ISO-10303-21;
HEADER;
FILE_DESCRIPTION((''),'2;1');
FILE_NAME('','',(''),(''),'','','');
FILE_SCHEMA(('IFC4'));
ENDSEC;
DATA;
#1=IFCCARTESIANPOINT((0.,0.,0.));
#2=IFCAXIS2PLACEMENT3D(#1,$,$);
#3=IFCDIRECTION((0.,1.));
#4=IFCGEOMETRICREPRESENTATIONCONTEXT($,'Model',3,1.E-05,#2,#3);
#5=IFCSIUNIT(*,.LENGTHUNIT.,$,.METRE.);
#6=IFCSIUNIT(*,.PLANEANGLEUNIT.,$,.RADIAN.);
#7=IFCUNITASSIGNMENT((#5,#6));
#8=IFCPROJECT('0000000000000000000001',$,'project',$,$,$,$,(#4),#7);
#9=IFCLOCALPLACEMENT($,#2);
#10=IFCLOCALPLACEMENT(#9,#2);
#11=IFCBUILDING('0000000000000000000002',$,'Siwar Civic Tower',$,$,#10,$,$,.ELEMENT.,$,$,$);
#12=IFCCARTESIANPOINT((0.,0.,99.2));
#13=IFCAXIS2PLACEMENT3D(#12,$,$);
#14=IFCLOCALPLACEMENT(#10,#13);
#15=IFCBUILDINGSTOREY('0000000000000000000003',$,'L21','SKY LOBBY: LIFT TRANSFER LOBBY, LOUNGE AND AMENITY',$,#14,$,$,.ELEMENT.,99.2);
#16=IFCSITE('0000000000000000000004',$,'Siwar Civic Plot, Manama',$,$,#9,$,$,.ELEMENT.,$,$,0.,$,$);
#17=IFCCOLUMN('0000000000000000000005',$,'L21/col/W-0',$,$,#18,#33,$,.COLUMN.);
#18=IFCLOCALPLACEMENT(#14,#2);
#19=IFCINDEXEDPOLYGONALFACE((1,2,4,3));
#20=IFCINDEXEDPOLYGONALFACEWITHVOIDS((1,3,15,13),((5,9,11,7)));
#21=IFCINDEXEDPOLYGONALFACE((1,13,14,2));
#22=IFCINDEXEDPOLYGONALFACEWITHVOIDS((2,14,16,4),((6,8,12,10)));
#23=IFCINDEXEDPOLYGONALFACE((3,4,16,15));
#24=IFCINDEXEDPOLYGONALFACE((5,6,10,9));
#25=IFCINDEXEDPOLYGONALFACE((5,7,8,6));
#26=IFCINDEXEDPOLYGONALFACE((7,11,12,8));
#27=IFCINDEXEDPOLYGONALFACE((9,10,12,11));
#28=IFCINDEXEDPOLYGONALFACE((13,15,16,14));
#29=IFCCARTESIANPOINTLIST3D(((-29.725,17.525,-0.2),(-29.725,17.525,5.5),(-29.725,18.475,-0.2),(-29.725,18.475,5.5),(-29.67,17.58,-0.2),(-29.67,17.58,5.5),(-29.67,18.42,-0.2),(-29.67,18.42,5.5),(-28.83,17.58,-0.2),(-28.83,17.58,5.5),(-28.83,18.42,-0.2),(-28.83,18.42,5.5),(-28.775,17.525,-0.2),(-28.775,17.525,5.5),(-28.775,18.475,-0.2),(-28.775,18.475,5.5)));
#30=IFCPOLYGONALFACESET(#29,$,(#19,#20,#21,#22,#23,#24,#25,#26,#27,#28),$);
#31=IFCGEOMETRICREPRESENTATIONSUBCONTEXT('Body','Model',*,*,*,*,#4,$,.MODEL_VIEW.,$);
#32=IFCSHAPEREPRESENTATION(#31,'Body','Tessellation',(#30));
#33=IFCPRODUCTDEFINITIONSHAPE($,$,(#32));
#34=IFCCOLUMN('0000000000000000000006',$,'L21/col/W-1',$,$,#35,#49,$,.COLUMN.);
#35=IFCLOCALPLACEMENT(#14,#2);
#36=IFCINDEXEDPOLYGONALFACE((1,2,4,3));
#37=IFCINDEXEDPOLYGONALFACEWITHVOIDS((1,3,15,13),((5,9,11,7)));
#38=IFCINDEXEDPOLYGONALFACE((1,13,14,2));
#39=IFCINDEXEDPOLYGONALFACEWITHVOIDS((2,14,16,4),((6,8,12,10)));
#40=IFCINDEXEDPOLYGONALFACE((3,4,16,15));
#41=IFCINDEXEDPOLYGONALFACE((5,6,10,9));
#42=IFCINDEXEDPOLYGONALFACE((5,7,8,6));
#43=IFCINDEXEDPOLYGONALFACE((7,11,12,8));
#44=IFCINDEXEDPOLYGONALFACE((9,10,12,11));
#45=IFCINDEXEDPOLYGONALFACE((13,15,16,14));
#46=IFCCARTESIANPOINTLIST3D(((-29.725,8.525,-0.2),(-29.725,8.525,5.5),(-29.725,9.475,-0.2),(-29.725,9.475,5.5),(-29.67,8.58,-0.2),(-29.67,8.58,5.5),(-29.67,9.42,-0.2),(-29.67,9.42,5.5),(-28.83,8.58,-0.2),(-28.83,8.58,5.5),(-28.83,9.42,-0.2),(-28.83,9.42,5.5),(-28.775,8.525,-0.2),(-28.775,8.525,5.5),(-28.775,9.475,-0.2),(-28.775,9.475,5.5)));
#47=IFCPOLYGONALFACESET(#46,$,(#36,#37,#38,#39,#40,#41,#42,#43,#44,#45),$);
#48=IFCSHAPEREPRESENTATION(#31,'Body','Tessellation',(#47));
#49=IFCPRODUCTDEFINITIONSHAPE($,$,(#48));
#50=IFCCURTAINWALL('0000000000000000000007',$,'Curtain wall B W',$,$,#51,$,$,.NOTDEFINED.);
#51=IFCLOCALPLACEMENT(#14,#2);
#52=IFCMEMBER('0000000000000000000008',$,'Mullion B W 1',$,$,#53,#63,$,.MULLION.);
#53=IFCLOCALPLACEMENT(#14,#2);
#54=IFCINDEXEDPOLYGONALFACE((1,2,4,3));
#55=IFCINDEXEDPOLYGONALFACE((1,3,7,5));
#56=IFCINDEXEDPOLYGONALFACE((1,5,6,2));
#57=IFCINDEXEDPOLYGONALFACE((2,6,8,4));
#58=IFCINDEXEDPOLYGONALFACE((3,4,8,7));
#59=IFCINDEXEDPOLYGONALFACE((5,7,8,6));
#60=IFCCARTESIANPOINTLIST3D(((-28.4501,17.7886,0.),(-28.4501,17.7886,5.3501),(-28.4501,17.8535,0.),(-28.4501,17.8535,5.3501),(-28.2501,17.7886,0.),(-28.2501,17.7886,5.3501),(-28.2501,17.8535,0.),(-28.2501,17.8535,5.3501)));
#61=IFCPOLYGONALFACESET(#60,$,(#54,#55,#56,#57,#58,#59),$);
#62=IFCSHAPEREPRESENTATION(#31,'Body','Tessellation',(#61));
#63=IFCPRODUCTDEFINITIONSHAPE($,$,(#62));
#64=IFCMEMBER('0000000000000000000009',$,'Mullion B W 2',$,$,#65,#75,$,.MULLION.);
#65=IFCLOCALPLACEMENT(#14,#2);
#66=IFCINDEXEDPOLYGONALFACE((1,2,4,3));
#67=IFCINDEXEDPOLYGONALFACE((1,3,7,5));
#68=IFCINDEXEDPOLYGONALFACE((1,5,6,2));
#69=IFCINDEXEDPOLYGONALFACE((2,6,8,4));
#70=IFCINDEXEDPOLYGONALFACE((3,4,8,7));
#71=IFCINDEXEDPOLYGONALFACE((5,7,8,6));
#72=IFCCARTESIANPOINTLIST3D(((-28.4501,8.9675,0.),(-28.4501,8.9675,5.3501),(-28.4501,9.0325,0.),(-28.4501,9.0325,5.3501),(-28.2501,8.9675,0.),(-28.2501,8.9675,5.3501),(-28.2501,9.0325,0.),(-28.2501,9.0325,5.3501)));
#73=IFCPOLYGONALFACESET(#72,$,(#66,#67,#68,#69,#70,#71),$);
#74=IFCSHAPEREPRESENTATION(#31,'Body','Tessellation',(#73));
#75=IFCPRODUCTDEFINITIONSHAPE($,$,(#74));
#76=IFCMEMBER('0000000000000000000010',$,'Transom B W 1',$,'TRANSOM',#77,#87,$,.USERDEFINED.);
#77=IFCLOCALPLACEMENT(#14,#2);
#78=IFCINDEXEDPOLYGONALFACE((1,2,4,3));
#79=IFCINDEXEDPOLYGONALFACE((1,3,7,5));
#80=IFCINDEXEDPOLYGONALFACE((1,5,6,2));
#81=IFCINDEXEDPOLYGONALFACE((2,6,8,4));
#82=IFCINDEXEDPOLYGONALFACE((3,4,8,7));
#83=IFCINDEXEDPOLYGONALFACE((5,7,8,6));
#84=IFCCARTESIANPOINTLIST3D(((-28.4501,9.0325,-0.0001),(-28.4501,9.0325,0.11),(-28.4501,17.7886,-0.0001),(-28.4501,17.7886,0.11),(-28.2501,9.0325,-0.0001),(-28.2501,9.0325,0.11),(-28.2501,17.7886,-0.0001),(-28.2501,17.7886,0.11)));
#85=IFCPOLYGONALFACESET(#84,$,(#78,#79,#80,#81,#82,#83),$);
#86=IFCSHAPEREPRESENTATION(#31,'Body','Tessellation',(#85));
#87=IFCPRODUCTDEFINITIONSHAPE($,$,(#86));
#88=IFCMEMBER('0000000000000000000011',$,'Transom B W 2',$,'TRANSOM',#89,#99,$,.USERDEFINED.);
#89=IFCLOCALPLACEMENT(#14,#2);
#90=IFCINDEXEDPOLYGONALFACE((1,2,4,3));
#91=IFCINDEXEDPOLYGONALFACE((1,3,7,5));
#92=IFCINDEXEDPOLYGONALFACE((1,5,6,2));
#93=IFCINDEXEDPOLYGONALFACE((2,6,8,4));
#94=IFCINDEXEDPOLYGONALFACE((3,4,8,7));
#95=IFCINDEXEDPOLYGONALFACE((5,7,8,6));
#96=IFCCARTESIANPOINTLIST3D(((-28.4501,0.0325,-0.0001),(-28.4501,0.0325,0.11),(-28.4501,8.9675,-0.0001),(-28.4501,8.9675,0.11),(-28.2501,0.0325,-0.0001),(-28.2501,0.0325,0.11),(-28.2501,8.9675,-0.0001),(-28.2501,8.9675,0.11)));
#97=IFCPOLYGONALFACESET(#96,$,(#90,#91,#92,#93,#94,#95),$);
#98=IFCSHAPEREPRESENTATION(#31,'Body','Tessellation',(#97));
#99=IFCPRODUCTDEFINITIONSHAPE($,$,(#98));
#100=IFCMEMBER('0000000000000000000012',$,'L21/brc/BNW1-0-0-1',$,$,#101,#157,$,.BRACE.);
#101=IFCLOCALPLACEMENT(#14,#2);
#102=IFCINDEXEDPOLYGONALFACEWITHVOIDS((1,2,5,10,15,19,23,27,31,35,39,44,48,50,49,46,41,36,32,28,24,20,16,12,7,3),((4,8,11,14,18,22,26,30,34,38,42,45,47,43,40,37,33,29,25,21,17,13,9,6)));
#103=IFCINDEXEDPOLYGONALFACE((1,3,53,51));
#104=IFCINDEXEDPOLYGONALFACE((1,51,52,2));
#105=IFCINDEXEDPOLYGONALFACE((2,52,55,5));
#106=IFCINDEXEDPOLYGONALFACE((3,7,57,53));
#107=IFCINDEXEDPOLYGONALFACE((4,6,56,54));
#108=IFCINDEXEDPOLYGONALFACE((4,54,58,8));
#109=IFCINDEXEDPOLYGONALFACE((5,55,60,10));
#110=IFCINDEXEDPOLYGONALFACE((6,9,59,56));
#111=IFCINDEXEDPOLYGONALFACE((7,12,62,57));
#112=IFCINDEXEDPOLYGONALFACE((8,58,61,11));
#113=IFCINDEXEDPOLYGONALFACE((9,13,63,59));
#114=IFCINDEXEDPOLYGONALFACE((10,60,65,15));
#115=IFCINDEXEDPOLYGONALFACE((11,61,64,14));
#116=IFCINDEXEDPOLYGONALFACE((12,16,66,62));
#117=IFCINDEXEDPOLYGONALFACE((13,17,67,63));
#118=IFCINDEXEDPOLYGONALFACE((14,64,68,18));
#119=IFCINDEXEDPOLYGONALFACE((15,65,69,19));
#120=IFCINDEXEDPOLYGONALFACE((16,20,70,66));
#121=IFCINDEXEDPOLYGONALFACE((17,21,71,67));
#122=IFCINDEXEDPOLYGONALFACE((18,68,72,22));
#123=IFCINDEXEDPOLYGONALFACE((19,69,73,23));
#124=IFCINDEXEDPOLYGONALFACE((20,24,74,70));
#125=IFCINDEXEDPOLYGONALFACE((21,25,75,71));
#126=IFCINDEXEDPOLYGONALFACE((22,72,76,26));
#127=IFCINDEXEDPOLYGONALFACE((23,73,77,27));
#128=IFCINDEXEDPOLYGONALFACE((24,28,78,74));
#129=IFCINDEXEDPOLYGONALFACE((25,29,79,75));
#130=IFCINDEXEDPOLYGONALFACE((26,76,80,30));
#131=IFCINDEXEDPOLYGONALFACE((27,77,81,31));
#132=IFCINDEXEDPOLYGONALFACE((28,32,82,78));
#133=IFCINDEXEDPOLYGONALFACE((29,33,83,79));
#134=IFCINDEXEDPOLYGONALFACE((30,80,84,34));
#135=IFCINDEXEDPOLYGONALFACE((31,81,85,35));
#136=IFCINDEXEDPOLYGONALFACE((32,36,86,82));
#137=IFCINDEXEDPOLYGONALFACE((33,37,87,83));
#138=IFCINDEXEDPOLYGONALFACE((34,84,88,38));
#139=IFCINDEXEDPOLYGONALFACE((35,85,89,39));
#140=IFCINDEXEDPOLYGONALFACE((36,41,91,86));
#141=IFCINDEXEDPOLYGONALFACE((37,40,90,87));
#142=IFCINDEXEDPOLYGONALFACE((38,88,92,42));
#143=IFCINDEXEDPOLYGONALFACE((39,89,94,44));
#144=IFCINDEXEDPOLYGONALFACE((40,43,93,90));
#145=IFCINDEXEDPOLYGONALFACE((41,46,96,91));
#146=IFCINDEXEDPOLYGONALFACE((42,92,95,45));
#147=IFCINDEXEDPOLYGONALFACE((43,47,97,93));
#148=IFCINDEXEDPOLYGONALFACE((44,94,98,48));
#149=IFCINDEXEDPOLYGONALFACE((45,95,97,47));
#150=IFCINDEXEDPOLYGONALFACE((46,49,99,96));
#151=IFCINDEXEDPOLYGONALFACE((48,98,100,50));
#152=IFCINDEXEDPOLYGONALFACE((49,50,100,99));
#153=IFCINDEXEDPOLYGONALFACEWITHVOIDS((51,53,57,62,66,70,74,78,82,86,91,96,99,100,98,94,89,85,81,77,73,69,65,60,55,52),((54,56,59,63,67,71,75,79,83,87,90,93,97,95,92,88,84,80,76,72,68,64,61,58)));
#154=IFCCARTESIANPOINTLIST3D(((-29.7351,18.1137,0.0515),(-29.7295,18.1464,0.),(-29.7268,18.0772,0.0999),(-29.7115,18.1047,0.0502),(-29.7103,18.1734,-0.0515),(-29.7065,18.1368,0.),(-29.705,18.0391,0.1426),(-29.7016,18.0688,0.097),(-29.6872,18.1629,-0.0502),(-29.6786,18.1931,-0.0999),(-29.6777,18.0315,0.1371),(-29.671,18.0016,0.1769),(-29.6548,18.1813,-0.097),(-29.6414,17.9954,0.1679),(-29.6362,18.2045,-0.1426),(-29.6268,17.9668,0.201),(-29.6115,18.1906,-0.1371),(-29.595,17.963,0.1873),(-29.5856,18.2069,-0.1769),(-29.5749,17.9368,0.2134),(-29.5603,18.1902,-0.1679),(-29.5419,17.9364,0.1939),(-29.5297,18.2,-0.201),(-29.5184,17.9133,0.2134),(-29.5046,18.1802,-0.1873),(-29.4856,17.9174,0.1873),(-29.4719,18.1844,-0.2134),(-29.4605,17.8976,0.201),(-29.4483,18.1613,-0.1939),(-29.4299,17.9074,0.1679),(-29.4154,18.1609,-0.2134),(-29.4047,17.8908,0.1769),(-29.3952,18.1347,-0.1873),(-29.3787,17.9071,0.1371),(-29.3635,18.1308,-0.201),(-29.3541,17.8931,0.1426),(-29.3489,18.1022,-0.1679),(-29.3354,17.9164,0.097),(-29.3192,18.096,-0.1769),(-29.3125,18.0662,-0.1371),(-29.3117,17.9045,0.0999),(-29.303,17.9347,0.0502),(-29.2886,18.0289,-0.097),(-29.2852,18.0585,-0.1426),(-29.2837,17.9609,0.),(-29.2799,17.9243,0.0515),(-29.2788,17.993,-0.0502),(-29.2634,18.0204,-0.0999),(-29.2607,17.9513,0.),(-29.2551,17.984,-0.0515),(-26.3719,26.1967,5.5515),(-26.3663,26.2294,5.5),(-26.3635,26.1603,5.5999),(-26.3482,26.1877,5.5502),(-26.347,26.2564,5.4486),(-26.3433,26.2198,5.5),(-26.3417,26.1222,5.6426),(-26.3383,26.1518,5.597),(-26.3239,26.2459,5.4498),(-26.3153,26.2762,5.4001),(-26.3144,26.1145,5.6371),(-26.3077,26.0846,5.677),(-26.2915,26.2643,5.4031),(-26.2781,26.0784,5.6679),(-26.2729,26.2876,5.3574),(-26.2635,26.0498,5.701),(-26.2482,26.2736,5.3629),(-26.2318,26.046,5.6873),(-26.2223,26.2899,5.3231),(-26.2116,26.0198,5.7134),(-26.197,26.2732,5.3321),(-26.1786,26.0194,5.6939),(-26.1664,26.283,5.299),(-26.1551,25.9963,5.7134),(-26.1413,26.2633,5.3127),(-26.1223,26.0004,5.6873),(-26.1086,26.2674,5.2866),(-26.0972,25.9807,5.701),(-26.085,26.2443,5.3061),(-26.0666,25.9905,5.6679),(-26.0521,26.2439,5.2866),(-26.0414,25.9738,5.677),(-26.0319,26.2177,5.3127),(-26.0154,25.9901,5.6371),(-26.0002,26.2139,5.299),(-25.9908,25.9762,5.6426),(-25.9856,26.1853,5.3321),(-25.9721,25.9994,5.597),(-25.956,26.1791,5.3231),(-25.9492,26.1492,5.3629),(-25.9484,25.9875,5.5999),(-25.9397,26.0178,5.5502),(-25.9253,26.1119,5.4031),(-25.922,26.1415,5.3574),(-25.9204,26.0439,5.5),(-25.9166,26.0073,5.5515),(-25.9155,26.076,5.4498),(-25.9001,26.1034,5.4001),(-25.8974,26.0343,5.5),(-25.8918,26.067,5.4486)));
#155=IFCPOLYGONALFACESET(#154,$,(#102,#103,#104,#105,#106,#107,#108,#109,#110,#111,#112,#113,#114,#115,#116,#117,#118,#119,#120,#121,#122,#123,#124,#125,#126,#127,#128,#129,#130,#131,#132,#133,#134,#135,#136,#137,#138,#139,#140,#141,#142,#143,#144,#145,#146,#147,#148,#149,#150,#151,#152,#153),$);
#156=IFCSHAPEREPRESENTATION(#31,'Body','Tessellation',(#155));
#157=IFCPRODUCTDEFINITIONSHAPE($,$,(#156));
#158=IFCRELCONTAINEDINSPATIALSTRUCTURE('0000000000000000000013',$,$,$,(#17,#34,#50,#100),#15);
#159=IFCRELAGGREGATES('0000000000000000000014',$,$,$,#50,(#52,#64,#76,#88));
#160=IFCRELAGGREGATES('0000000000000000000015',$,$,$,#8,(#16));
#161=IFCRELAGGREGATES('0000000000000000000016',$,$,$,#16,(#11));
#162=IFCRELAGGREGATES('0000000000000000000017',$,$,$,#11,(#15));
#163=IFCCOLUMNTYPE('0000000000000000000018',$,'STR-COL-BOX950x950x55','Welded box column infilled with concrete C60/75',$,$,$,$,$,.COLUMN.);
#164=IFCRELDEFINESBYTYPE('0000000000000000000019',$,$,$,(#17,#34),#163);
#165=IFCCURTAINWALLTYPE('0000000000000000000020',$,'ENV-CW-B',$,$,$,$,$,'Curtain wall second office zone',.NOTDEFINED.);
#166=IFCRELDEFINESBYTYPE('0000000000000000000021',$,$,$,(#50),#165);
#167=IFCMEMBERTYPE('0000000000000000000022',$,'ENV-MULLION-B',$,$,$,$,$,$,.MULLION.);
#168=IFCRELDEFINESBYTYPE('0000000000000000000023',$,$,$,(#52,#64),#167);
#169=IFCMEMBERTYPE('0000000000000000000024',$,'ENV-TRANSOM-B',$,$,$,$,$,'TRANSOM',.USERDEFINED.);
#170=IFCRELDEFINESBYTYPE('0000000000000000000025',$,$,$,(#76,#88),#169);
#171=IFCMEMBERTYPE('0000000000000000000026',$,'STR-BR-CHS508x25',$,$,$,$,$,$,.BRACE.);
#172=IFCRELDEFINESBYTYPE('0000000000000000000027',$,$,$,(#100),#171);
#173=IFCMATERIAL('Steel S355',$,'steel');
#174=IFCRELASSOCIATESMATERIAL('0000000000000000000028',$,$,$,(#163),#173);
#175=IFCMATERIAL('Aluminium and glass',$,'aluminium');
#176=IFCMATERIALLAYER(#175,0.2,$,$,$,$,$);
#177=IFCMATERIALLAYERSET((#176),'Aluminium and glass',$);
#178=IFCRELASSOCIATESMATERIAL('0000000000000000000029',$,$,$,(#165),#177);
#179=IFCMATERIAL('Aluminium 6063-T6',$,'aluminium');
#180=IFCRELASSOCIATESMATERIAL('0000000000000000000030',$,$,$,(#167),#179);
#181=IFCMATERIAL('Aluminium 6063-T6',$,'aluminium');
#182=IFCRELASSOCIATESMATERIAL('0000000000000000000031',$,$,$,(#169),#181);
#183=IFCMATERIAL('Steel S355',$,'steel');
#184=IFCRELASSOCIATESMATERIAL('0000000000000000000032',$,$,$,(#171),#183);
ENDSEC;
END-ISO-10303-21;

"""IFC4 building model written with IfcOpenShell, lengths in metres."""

from ifc_helpers import new_model, si_unit, direction, frame, origin, origin_2d, place, context, subcontext, project, spatial, rectangle, hollow_rectangle, hollow_circle, extrude, material, layer, layer_set, material_profile, profile_set, type_object, element, aggregate, save


model = new_model("IFC4")

# Units and contexts
model_context = context("Model", 3, precision=1e-05, world=origin(), true_north=direction((0.0, 1.0)))
body_context = subcontext(model_context, "Body", "Model", "MODEL_VIEW")
ifc_project = project(units=[si_unit("LENGTHUNIT", "METRE"), si_unit("PLANEANGLEUNIT", "RADIAN")], contexts=[model_context])

# Site, building, storey
site_placement = place(None, origin())
site = spatial("IfcSite", under=ifc_project, at=site_placement, Name="Siwar Civic Plot, Manama", CompositionType="ELEMENT", RefElevation=0.0)
building_placement = place(site_placement, origin())
building = spatial("IfcBuilding", under=site, at=building_placement, Name="Siwar Civic Tower", CompositionType="ELEMENT")
storey_placement = place(building_placement, frame((0.0, 0.0, 99.2)))
storey = spatial("IfcBuildingStorey", under=building, at=storey_placement, Name="L21", Description="SKY LOBBY: LIFT TRANSFER LOBBY, LOUNGE AND AMENITY", CompositionType="ELEMENT", Elevation=99.2)

# Columns
ifc_material_1 = material(Name="Steel S355", Category="steel")
ifc_material_profile_1 = material_profile(ifc_material_1, hollow_rectangle(XDim=0.95, YDim=0.95, WallThickness=0.0549, at=origin_2d()), Name="BOX950x950x55")
ifc_profile_set_1 = profile_set([ifc_material_profile_1], Name="Steel S355")
column_type = type_object("IfcColumnType", Name="STR-COL-BOX950x950x55", Description="Welded box column infilled with concrete C60/75", PredefinedType="COLUMN", material=ifc_profile_set_1)
for number, where, z_axis, x_axis, name in (
    (1, (-29.25, 18.0, -0.2), (0.0, 0.0, 1.0), (1.0, 0.0, 0.0), "L21/col/W-0"),
    (2, (-29.25, 9.0, -0.2), (0.0, 0.0, 1.0), (1.0, 0.0, 0.0), "L21/col/W-1"),
):
    element("IfcColumn", number, at=place(storey_placement, frame(where, z_axis=z_axis, x_axis=x_axis)), inside=storey, type_object=column_type, Name=name, PredefinedType="COLUMN", context=body_context, shape_type="SweptSolid", body=[
        extrude(hollow_rectangle(XDim=0.95, YDim=0.95, WallThickness=0.0549, at=origin_2d()), origin(), (0.0, 0.0, 1.0), 5.7),
    ])

# Curtain wall, members
ifc_material_2 = material(Name="Aluminium and glass", Category="aluminium")
ifc_layer_1 = layer(ifc_material_2, 0.2)
ifc_layer_set_1 = layer_set([ifc_layer_1], Name="Aluminium and glass")
curtain_wall_type = type_object("IfcCurtainWallType", Name="ENV-CW-B", ElementType="Curtain wall second office zone", PredefinedType="NOTDEFINED", material=ifc_layer_set_1)
curtain_wall_placement = place(storey_placement, origin())
curtain_wall = element("IfcCurtainWall", 3, at=curtain_wall_placement, inside=storey, type_object=curtain_wall_type, Name="Curtain wall B W", PredefinedType="NOTDEFINED")
ifc_material_3 = material(Name="Aluminium 6063-T6", Category="aluminium")
ifc_material_profile_2 = material_profile(ifc_material_3, rectangle(XDim=0.2, YDim=0.0649, at=origin_2d()), Name="AL 200x65")
ifc_profile_set_2 = profile_set([ifc_material_profile_2], Name="Aluminium 6063-T6")
member_type_1 = type_object("IfcMemberType", Name="ENV-MULLION-B", PredefinedType="MULLION", material=ifc_profile_set_2)
member_1_placement = place(storey_placement, frame((-28.3501, 17.821, 0.0), z_axis=(0.0, 0.0, 1.0), x_axis=(1.0, 0.0, 0.0)))
member_1 = element("IfcMember", 4, at=member_1_placement, type_object=member_type_1, Name="Mullion B W 1", PredefinedType="MULLION", context=body_context, shape_type="SweptSolid", body=[
    extrude(rectangle(XDim=0.2, YDim=0.0649, at=origin_2d()), origin(), (0.0, 0.0, 1.0), 5.3501),
])
member_2_placement = place(storey_placement, frame((-28.3501, 9.0, 0.0), z_axis=(0.0, 0.0, 1.0), x_axis=(1.0, 0.0, 0.0)))
member_2 = element("IfcMember", 5, at=member_2_placement, type_object=member_type_1, Name="Mullion B W 2", PredefinedType="MULLION", context=body_context, shape_type="SweptSolid", body=[
    extrude(rectangle(XDim=0.2, YDim=0.0649, at=origin_2d()), origin(), (0.0, 0.0, 1.0), 5.3501),
])
ifc_material_4 = material(Name="Aluminium 6063-T6", Category="aluminium")
ifc_material_profile_3 = material_profile(ifc_material_4, rectangle(XDim=0.2, YDim=0.1101, at=origin_2d()), Name="AL 200x110")
ifc_profile_set_3 = profile_set([ifc_material_profile_3], Name="Aluminium 6063-T6")
member_type_2 = type_object("IfcMemberType", Name="ENV-TRANSOM-B", ElementType="TRANSOM", PredefinedType="USERDEFINED", material=ifc_profile_set_3)
member_3_placement = place(storey_placement, frame((-28.3501, 17.7886, 0.0549), z_axis=(0.0, -1.0, 0.0), x_axis=(1.0, 0.0, 0.0)))
member_3 = element("IfcMember", 6, at=member_3_placement, type_object=member_type_2, Name="Transom B W 1", ObjectType="TRANSOM", PredefinedType="USERDEFINED", context=body_context, shape_type="SweptSolid", body=[
    extrude(rectangle(XDim=0.2, YDim=0.1101, at=origin_2d()), origin(), (0.0, 0.0, 1.0), 8.7561),
])
member_4_placement = place(storey_placement, frame((-28.3501, 8.9675, 0.0549), z_axis=(0.0, -1.0, 0.0), x_axis=(1.0, 0.0, 0.0)))
member_4 = element("IfcMember", 7, at=member_4_placement, type_object=member_type_2, Name="Transom B W 2", ObjectType="TRANSOM", PredefinedType="USERDEFINED", context=body_context, shape_type="SweptSolid", body=[
    extrude(rectangle(XDim=0.2, YDim=0.1101, at=origin_2d()), origin(), (0.0, 0.0, 1.0), 8.9351),
])

# Member
ifc_material_5 = material(Name="Steel S355", Category="steel")
ifc_material_profile_4 = material_profile(ifc_material_5, hollow_circle(Radius=0.2539, WallThickness=0.0249, at=origin_2d()), Name="CHS508x25")
ifc_profile_set_4 = profile_set([ifc_material_profile_4], Name="Steel S355")
member_type_3 = type_object("IfcMemberType", Name="STR-BR-CHS508x25", PredefinedType="BRACE", material=ifc_profile_set_4)
member_5_placement = place(storey_placement, frame((-29.4951, 18.0488, 0.0), z_axis=(0.325298, 0.781791, 0.531962), x_axis=(-0.923265, 0.384164, 0.0)))
element("IfcMember", 8, at=member_5_placement, inside=storey, type_object=member_type_3, Name="L21/brc/BNW1-0-0-1", PredefinedType="BRACE", context=body_context, shape_type="SweptSolid", body=[
    extrude(hollow_circle(Radius=0.2539, WallThickness=0.0249, at=origin_2d()), origin(), (0.0, 0.0, 1.0), 10.3391),
])

aggregate(curtain_wall, [member_1, member_2, member_3, member_4])

save(model, "model.ifc")
